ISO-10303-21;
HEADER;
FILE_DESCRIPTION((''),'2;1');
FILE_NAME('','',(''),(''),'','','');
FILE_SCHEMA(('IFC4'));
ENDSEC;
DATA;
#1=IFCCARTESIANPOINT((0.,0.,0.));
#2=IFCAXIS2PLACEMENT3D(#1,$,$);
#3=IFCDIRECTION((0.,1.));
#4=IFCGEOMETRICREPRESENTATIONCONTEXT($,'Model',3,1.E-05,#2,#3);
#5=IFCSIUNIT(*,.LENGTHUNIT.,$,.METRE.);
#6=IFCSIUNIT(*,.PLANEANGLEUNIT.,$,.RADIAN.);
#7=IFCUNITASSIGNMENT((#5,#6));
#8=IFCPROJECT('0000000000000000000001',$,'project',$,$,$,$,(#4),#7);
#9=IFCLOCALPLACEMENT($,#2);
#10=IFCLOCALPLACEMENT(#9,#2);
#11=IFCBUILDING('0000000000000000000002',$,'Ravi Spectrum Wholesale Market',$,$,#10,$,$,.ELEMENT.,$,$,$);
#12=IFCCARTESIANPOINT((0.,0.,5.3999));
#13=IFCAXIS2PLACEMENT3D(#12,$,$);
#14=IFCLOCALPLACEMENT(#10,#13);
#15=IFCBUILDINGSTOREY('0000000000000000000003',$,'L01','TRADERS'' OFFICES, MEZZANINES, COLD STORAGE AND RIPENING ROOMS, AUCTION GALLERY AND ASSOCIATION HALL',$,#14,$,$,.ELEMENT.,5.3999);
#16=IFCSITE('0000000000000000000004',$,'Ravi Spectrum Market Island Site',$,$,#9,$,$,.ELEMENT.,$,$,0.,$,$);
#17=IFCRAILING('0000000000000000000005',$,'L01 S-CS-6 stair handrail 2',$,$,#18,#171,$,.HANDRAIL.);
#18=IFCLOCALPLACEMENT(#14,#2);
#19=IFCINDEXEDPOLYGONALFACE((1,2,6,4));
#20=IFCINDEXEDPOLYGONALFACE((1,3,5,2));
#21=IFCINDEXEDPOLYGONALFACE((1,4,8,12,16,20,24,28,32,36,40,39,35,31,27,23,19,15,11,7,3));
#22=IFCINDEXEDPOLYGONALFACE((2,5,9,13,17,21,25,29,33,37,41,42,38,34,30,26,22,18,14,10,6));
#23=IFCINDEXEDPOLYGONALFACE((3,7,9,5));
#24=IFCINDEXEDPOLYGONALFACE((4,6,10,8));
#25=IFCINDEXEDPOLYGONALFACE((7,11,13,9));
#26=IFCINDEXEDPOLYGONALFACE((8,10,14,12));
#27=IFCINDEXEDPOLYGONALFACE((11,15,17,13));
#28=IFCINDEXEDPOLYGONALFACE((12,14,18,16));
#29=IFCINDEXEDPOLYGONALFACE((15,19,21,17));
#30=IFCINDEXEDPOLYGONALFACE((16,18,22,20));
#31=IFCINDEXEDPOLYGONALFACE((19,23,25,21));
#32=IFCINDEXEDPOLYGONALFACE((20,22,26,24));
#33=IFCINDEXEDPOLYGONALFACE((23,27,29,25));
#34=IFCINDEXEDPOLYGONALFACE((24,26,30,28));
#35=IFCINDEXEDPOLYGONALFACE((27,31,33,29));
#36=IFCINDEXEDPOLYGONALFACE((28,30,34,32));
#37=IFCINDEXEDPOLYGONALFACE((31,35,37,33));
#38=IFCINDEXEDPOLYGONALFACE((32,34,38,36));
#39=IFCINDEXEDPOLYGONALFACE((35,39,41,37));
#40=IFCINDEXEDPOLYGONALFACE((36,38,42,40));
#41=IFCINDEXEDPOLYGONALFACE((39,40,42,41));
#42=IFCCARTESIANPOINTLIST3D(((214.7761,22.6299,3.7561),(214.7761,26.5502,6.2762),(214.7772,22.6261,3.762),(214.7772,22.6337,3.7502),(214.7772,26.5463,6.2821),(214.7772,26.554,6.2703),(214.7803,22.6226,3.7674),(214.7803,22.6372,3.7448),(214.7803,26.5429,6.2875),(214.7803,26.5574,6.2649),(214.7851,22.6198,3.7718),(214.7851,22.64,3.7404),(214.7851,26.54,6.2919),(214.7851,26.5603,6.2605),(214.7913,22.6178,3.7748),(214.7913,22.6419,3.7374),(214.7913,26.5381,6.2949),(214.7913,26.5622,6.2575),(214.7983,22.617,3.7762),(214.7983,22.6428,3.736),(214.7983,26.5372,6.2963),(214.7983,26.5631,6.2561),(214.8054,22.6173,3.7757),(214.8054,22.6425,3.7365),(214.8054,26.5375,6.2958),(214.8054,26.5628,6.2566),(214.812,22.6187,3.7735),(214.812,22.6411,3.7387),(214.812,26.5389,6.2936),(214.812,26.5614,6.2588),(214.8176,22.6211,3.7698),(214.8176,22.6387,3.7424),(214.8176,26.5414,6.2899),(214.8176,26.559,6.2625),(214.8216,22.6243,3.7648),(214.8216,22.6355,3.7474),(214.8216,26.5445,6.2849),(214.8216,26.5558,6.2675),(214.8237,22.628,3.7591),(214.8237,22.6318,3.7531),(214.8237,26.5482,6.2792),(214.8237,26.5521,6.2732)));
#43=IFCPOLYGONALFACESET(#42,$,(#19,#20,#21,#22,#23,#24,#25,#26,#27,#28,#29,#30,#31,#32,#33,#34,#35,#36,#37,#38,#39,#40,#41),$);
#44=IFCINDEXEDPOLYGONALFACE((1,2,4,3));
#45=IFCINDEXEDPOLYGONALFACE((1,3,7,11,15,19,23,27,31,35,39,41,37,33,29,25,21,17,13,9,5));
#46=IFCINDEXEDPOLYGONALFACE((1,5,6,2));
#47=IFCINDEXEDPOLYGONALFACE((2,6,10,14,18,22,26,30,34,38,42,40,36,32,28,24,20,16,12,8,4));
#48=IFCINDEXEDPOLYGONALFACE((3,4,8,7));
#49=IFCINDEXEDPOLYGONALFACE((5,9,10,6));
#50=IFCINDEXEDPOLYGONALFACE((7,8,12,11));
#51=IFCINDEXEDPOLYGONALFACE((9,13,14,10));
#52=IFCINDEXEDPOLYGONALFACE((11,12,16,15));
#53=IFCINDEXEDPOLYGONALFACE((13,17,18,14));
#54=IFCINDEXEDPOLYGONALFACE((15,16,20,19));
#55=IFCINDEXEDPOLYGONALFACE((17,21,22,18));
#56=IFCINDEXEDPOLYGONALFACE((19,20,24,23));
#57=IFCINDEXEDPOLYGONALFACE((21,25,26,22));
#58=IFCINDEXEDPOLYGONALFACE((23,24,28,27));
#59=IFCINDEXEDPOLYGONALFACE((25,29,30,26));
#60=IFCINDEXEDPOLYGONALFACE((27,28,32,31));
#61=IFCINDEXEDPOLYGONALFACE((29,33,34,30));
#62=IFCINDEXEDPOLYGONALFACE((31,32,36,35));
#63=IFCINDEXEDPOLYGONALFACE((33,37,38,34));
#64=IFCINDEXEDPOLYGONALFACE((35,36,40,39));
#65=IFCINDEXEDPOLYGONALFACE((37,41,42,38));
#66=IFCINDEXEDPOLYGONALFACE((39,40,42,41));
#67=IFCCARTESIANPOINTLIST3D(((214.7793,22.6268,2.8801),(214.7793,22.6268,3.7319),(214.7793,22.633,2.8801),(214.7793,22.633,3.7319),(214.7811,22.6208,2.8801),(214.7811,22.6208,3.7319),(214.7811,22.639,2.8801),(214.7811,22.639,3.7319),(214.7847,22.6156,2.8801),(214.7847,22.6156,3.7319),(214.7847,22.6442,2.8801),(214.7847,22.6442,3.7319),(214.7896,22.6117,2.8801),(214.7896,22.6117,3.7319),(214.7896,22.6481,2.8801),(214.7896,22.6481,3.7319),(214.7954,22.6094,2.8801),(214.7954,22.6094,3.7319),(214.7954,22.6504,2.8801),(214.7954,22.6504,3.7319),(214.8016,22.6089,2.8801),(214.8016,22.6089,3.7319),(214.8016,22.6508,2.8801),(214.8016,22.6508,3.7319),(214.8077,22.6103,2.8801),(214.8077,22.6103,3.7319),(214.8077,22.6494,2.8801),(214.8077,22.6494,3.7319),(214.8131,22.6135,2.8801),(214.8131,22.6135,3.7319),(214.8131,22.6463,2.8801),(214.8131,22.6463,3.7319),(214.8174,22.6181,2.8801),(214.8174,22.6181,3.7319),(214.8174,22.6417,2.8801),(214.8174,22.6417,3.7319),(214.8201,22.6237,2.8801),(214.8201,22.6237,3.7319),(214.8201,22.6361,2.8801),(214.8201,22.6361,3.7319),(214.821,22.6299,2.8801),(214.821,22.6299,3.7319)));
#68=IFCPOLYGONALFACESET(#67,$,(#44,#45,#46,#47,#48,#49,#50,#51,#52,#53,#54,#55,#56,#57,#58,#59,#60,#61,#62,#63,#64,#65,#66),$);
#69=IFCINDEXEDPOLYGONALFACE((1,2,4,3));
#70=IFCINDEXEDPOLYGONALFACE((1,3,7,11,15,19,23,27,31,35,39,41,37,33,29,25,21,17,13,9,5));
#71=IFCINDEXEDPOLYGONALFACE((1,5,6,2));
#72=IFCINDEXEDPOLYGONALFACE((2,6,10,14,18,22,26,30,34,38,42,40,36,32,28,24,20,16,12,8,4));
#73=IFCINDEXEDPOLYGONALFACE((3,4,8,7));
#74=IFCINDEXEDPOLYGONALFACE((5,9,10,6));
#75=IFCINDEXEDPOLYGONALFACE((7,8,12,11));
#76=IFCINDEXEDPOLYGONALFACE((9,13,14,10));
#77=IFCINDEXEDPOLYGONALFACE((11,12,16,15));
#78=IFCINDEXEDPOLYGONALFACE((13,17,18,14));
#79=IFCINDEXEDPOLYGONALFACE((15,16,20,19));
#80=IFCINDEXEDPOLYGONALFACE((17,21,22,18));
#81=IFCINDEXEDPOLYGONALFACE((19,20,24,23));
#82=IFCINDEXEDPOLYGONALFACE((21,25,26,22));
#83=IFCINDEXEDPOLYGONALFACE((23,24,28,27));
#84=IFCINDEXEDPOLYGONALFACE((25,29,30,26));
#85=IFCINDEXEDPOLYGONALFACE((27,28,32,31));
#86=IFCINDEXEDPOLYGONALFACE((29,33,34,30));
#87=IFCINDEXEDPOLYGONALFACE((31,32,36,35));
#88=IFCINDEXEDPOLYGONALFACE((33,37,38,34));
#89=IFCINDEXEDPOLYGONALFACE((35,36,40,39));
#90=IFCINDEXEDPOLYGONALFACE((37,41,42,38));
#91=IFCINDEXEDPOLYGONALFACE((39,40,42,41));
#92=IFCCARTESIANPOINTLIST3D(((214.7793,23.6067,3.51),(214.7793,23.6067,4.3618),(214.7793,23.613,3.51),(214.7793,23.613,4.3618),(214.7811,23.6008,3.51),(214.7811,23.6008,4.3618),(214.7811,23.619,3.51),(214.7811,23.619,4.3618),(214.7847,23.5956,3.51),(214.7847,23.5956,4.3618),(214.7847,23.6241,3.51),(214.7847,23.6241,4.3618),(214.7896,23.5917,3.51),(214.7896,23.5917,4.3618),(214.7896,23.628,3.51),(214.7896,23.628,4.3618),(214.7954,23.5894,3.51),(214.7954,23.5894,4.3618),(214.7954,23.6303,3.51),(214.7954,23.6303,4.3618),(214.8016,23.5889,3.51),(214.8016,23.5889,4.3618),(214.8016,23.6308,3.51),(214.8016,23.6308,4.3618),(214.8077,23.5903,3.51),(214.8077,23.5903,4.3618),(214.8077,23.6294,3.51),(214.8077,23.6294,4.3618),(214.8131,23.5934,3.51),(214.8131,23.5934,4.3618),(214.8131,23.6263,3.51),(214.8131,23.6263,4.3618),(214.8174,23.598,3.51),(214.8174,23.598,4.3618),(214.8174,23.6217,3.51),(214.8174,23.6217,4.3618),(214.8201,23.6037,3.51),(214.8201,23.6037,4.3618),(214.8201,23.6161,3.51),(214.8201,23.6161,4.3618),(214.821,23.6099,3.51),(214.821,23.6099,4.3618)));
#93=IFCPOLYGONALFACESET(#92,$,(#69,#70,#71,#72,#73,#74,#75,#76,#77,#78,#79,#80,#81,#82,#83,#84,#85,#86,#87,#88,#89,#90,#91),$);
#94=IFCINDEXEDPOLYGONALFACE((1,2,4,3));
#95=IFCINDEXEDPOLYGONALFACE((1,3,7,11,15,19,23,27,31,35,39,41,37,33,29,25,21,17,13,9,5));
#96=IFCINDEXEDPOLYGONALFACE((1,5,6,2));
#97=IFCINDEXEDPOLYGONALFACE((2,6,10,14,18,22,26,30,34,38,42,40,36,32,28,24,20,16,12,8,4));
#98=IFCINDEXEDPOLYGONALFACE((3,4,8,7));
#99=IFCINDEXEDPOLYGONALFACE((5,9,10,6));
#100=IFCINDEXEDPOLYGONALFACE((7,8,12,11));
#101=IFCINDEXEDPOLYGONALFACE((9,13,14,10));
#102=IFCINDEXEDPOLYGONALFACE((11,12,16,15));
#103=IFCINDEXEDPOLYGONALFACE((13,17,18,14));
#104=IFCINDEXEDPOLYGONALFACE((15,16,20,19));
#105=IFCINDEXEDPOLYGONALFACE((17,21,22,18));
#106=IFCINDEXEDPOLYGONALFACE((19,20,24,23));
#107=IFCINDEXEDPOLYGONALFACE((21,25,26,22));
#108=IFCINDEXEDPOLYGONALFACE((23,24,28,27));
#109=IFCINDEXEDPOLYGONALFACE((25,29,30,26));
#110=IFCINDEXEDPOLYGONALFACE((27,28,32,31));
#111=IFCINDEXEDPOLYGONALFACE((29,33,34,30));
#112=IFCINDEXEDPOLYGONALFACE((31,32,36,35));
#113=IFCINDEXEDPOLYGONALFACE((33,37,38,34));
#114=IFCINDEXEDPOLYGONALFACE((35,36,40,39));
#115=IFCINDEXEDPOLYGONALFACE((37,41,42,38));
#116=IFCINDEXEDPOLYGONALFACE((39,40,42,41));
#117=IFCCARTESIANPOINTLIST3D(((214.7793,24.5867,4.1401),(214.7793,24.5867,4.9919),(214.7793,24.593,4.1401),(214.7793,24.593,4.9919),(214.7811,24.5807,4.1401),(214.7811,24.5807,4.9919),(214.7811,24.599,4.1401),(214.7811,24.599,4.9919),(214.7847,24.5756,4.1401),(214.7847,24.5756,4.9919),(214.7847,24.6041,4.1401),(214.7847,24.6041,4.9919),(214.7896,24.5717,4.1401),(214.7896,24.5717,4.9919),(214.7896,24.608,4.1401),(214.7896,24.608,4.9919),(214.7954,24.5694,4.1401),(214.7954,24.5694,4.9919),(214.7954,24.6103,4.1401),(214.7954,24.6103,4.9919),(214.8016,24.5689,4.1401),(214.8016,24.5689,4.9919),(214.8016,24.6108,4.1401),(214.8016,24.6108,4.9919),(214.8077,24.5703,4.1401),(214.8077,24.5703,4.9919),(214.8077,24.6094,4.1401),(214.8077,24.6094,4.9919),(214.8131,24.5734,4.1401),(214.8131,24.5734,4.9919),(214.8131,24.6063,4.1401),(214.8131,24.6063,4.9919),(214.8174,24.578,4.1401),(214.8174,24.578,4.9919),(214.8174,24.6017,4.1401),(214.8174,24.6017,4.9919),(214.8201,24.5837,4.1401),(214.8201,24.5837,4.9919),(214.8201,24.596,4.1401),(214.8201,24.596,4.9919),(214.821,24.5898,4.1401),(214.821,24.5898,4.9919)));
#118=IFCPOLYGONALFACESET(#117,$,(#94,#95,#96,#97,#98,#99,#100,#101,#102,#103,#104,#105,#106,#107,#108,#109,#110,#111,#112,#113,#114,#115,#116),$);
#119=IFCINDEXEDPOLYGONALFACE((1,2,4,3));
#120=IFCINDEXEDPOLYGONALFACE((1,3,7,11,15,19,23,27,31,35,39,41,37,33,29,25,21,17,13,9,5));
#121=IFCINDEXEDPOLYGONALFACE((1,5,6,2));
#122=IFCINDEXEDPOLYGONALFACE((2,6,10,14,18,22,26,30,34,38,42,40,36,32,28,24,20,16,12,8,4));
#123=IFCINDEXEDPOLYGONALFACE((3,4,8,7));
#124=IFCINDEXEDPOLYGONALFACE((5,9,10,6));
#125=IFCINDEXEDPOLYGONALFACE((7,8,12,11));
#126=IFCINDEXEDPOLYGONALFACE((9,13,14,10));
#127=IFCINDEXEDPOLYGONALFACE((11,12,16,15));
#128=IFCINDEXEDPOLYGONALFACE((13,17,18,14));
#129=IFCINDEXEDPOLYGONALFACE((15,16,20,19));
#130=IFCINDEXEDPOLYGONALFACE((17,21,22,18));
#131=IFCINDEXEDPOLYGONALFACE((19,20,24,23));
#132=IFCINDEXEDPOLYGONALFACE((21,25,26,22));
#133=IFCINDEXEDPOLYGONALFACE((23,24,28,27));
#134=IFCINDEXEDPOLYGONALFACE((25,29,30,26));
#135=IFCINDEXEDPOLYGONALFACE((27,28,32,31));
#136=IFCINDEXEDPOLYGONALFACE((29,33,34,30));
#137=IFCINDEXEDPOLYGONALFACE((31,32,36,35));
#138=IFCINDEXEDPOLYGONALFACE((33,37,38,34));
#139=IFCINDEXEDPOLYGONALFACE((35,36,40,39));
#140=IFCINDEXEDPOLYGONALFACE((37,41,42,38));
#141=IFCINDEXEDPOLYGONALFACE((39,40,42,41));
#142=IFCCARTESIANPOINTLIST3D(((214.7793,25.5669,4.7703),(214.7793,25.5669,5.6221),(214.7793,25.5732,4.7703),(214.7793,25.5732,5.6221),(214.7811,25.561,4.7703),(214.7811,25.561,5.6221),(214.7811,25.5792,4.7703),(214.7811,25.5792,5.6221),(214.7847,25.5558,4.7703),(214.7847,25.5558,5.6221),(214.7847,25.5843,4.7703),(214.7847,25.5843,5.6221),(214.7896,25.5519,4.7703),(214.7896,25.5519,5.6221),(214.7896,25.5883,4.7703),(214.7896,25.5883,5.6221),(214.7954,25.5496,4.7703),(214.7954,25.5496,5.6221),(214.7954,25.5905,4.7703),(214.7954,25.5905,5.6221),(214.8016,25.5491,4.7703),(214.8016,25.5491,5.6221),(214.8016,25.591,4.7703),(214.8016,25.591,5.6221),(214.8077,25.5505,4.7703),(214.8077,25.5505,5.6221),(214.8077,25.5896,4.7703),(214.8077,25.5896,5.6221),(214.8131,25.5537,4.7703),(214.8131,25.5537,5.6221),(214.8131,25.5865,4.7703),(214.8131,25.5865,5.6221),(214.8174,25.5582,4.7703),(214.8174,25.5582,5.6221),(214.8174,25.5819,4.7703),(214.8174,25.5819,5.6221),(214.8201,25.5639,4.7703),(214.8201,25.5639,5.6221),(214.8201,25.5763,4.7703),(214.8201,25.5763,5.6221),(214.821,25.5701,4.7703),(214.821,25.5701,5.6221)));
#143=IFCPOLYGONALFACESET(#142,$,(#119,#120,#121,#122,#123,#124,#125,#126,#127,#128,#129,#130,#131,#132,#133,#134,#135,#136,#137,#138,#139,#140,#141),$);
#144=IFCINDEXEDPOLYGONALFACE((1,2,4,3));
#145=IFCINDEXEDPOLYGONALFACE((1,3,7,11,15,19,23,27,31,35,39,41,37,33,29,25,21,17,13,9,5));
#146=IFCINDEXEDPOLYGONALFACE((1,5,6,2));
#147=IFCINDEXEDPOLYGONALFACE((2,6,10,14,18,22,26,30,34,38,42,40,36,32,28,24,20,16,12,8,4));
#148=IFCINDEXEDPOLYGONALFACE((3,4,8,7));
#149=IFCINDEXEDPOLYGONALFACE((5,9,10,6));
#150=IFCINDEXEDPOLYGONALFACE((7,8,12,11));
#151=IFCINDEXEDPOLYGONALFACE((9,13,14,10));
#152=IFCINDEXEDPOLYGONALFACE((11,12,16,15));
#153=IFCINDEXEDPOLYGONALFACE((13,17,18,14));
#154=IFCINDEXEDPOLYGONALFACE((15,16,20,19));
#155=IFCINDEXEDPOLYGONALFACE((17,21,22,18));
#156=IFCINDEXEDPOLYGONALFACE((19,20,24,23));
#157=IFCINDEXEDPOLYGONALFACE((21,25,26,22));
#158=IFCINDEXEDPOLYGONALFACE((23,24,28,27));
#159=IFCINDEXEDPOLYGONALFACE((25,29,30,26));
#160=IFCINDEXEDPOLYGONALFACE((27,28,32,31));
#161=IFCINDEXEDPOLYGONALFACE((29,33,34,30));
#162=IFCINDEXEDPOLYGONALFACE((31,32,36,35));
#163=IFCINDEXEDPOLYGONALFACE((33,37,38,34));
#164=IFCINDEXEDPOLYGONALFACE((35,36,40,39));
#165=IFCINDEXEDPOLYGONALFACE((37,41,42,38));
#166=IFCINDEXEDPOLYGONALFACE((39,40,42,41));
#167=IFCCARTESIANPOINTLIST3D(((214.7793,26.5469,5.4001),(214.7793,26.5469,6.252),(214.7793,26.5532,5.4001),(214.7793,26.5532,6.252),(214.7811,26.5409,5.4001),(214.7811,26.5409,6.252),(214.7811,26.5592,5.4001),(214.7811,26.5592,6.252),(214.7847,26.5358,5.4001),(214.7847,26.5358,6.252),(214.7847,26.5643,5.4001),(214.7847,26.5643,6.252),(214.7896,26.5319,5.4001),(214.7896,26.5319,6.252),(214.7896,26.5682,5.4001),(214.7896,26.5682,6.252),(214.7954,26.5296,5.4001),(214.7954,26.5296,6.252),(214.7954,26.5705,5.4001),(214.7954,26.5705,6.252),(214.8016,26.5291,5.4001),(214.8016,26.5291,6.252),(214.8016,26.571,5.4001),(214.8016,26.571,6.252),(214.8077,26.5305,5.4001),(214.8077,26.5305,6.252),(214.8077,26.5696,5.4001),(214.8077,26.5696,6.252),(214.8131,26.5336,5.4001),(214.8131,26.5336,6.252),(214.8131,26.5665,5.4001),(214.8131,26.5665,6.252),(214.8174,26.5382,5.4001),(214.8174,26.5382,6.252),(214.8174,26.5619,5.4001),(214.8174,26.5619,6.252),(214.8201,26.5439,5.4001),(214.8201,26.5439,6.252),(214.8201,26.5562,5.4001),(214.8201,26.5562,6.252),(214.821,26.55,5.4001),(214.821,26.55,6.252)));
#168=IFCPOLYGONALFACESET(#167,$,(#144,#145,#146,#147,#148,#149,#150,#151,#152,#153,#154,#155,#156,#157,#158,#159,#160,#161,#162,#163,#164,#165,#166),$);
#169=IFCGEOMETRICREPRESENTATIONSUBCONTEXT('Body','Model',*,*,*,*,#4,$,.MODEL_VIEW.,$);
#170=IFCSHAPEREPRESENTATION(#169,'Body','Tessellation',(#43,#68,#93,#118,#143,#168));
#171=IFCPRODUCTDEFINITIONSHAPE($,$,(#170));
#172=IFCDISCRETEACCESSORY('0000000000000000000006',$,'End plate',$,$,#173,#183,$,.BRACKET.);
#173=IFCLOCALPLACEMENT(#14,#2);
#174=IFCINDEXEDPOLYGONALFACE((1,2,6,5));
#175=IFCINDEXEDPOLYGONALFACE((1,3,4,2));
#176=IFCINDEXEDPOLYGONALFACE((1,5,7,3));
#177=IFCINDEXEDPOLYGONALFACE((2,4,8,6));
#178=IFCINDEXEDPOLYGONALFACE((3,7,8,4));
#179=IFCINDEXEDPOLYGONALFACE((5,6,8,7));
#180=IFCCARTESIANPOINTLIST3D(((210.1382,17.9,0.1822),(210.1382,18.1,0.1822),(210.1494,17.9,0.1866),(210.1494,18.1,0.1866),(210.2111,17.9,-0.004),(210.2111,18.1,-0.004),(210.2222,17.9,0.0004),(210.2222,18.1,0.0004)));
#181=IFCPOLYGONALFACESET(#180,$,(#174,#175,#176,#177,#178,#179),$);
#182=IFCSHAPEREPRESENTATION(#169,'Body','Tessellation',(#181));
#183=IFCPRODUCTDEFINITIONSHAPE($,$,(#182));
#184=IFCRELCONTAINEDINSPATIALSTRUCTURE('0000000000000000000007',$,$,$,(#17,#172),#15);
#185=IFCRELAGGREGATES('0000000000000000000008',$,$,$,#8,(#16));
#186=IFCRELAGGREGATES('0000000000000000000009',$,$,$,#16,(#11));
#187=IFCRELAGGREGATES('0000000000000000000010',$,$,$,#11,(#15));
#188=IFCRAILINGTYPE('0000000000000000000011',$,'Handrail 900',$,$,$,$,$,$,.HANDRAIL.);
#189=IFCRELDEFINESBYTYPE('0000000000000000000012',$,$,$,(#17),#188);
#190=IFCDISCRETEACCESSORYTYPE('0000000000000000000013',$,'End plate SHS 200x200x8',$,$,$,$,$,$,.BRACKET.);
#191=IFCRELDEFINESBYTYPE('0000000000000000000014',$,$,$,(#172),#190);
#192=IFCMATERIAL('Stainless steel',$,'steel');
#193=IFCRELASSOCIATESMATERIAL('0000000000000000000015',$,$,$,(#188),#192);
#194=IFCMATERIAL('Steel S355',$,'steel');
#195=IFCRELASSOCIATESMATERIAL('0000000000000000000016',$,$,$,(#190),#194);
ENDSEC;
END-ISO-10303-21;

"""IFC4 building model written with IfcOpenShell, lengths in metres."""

from ifc_helpers import new_model, si_unit, direction, frame, origin, origin_2d, place, context, subcontext, project, spatial, rectangle, circle, extrude, material, material_profile, profile_set, type_object, element, save


model = new_model("IFC4")

# Units and contexts
model_context = context("Model", 3, precision=1e-05, world=origin(), true_north=direction((0.0, 1.0)))
body_context = subcontext(model_context, "Body", "Model", "MODEL_VIEW")
ifc_project = project(units=[si_unit("LENGTHUNIT", "METRE"), si_unit("PLANEANGLEUNIT", "RADIAN")], contexts=[model_context])

# Site, building, storey
site_placement = place(None, origin())
site = spatial("IfcSite", under=ifc_project, at=site_placement, Name="Ravi Spectrum Market Island Site", CompositionType="ELEMENT", RefElevation=0.0)
building_placement = place(site_placement, origin())
building = spatial("IfcBuilding", under=site, at=building_placement, Name="Ravi Spectrum Wholesale Market", CompositionType="ELEMENT")
storey_placement = place(building_placement, frame((0.0, 0.0, 5.3999)))
storey = spatial("IfcBuildingStorey", under=building, at=storey_placement, Name="L01", Description="TRADERS' OFFICES, MEZZANINES, COLD STORAGE AND RIPENING ROOMS, AUCTION GALLERY AND ASSOCIATION HALL", CompositionType="ELEMENT", Elevation=5.3999)

# Railing
ifc_material_1 = material(Name="Stainless steel", Category="steel")
railing_type_1 = type_object("IfcRailingType", Name="Handrail 900", PredefinedType="HANDRAIL", material=ifc_material_1)
railing_1_placement = place(storey_placement, frame((214.8, 22.6299, 2.8801)))
element("IfcRailing", 1, at=railing_1_placement, inside=storey, type_object=railing_type_1, Name="L01 S-CS-6 stair handrail 2", PredefinedType="HANDRAIL", context=body_context, shape_type="SweptSolid", body=[
    extrude(circle(Radius=0.0239, at=origin_2d()), frame((0.0, 0.0, 0.876), z_axis=(0.0, 0.841187, 0.540744), x_axis=(-1.0, 0.0, 0.0)), (0.0, 0.0, 1.0), 4.6604),
    extrude(circle(Radius=0.021, at=origin_2d()), origin(), (0.0, 0.0, 1.0), 0.8518),
    extrude(circle(Radius=0.021, at=origin_2d()), frame((0.0, 0.98, 0.6299)), (0.0, 0.0, 1.0), 0.8518),
    extrude(circle(Radius=0.021, at=origin_2d()), frame((0.0, 1.96, 1.26)), (0.0, 0.0, 1.0), 0.8518),
    extrude(circle(Radius=0.021, at=origin_2d()), frame((0.0, 2.9402, 1.8901)), (0.0, 0.0, 1.0), 0.8518),
    extrude(circle(Radius=0.021, at=origin_2d()), frame((0.0, 3.9202, 2.52)), (0.0, 0.0, 1.0), 0.8518),
])

# Discrete accessory
ifc_material_2 = material(Name="Steel S355", Category="steel")
ifc_material_profile_1 = material_profile(ifc_material_2, rectangle(XDim=0.2, YDim=0.2, at=origin_2d()))
ifc_profile_set_1 = profile_set([ifc_material_profile_1], Name="Steel S355")
discrete_accessory_type = type_object("IfcDiscreteAccessoryType", Name="End plate SHS 200x200x8", PredefinedType="BRACKET", material=ifc_profile_set_1)
discrete_accessory_placement = place(storey_placement, frame((210.1858, 18.0, 0.0935), z_axis=(-0.931243, 0.0, -0.364399), x_axis=(0.0, -1.0, 0.0)))
element("IfcDiscreteAccessory", 2, at=discrete_accessory_placement, inside=storey, type_object=discrete_accessory_type, Name="End plate", PredefinedType="BRACKET", context=body_context, shape_type="SweptSolid", body=[
    extrude(rectangle(XDim=0.2, YDim=0.2, at=origin_2d()), origin(), (0.0, 0.0, 1.0), 0.012),
])

save(model, "model.ifc")
